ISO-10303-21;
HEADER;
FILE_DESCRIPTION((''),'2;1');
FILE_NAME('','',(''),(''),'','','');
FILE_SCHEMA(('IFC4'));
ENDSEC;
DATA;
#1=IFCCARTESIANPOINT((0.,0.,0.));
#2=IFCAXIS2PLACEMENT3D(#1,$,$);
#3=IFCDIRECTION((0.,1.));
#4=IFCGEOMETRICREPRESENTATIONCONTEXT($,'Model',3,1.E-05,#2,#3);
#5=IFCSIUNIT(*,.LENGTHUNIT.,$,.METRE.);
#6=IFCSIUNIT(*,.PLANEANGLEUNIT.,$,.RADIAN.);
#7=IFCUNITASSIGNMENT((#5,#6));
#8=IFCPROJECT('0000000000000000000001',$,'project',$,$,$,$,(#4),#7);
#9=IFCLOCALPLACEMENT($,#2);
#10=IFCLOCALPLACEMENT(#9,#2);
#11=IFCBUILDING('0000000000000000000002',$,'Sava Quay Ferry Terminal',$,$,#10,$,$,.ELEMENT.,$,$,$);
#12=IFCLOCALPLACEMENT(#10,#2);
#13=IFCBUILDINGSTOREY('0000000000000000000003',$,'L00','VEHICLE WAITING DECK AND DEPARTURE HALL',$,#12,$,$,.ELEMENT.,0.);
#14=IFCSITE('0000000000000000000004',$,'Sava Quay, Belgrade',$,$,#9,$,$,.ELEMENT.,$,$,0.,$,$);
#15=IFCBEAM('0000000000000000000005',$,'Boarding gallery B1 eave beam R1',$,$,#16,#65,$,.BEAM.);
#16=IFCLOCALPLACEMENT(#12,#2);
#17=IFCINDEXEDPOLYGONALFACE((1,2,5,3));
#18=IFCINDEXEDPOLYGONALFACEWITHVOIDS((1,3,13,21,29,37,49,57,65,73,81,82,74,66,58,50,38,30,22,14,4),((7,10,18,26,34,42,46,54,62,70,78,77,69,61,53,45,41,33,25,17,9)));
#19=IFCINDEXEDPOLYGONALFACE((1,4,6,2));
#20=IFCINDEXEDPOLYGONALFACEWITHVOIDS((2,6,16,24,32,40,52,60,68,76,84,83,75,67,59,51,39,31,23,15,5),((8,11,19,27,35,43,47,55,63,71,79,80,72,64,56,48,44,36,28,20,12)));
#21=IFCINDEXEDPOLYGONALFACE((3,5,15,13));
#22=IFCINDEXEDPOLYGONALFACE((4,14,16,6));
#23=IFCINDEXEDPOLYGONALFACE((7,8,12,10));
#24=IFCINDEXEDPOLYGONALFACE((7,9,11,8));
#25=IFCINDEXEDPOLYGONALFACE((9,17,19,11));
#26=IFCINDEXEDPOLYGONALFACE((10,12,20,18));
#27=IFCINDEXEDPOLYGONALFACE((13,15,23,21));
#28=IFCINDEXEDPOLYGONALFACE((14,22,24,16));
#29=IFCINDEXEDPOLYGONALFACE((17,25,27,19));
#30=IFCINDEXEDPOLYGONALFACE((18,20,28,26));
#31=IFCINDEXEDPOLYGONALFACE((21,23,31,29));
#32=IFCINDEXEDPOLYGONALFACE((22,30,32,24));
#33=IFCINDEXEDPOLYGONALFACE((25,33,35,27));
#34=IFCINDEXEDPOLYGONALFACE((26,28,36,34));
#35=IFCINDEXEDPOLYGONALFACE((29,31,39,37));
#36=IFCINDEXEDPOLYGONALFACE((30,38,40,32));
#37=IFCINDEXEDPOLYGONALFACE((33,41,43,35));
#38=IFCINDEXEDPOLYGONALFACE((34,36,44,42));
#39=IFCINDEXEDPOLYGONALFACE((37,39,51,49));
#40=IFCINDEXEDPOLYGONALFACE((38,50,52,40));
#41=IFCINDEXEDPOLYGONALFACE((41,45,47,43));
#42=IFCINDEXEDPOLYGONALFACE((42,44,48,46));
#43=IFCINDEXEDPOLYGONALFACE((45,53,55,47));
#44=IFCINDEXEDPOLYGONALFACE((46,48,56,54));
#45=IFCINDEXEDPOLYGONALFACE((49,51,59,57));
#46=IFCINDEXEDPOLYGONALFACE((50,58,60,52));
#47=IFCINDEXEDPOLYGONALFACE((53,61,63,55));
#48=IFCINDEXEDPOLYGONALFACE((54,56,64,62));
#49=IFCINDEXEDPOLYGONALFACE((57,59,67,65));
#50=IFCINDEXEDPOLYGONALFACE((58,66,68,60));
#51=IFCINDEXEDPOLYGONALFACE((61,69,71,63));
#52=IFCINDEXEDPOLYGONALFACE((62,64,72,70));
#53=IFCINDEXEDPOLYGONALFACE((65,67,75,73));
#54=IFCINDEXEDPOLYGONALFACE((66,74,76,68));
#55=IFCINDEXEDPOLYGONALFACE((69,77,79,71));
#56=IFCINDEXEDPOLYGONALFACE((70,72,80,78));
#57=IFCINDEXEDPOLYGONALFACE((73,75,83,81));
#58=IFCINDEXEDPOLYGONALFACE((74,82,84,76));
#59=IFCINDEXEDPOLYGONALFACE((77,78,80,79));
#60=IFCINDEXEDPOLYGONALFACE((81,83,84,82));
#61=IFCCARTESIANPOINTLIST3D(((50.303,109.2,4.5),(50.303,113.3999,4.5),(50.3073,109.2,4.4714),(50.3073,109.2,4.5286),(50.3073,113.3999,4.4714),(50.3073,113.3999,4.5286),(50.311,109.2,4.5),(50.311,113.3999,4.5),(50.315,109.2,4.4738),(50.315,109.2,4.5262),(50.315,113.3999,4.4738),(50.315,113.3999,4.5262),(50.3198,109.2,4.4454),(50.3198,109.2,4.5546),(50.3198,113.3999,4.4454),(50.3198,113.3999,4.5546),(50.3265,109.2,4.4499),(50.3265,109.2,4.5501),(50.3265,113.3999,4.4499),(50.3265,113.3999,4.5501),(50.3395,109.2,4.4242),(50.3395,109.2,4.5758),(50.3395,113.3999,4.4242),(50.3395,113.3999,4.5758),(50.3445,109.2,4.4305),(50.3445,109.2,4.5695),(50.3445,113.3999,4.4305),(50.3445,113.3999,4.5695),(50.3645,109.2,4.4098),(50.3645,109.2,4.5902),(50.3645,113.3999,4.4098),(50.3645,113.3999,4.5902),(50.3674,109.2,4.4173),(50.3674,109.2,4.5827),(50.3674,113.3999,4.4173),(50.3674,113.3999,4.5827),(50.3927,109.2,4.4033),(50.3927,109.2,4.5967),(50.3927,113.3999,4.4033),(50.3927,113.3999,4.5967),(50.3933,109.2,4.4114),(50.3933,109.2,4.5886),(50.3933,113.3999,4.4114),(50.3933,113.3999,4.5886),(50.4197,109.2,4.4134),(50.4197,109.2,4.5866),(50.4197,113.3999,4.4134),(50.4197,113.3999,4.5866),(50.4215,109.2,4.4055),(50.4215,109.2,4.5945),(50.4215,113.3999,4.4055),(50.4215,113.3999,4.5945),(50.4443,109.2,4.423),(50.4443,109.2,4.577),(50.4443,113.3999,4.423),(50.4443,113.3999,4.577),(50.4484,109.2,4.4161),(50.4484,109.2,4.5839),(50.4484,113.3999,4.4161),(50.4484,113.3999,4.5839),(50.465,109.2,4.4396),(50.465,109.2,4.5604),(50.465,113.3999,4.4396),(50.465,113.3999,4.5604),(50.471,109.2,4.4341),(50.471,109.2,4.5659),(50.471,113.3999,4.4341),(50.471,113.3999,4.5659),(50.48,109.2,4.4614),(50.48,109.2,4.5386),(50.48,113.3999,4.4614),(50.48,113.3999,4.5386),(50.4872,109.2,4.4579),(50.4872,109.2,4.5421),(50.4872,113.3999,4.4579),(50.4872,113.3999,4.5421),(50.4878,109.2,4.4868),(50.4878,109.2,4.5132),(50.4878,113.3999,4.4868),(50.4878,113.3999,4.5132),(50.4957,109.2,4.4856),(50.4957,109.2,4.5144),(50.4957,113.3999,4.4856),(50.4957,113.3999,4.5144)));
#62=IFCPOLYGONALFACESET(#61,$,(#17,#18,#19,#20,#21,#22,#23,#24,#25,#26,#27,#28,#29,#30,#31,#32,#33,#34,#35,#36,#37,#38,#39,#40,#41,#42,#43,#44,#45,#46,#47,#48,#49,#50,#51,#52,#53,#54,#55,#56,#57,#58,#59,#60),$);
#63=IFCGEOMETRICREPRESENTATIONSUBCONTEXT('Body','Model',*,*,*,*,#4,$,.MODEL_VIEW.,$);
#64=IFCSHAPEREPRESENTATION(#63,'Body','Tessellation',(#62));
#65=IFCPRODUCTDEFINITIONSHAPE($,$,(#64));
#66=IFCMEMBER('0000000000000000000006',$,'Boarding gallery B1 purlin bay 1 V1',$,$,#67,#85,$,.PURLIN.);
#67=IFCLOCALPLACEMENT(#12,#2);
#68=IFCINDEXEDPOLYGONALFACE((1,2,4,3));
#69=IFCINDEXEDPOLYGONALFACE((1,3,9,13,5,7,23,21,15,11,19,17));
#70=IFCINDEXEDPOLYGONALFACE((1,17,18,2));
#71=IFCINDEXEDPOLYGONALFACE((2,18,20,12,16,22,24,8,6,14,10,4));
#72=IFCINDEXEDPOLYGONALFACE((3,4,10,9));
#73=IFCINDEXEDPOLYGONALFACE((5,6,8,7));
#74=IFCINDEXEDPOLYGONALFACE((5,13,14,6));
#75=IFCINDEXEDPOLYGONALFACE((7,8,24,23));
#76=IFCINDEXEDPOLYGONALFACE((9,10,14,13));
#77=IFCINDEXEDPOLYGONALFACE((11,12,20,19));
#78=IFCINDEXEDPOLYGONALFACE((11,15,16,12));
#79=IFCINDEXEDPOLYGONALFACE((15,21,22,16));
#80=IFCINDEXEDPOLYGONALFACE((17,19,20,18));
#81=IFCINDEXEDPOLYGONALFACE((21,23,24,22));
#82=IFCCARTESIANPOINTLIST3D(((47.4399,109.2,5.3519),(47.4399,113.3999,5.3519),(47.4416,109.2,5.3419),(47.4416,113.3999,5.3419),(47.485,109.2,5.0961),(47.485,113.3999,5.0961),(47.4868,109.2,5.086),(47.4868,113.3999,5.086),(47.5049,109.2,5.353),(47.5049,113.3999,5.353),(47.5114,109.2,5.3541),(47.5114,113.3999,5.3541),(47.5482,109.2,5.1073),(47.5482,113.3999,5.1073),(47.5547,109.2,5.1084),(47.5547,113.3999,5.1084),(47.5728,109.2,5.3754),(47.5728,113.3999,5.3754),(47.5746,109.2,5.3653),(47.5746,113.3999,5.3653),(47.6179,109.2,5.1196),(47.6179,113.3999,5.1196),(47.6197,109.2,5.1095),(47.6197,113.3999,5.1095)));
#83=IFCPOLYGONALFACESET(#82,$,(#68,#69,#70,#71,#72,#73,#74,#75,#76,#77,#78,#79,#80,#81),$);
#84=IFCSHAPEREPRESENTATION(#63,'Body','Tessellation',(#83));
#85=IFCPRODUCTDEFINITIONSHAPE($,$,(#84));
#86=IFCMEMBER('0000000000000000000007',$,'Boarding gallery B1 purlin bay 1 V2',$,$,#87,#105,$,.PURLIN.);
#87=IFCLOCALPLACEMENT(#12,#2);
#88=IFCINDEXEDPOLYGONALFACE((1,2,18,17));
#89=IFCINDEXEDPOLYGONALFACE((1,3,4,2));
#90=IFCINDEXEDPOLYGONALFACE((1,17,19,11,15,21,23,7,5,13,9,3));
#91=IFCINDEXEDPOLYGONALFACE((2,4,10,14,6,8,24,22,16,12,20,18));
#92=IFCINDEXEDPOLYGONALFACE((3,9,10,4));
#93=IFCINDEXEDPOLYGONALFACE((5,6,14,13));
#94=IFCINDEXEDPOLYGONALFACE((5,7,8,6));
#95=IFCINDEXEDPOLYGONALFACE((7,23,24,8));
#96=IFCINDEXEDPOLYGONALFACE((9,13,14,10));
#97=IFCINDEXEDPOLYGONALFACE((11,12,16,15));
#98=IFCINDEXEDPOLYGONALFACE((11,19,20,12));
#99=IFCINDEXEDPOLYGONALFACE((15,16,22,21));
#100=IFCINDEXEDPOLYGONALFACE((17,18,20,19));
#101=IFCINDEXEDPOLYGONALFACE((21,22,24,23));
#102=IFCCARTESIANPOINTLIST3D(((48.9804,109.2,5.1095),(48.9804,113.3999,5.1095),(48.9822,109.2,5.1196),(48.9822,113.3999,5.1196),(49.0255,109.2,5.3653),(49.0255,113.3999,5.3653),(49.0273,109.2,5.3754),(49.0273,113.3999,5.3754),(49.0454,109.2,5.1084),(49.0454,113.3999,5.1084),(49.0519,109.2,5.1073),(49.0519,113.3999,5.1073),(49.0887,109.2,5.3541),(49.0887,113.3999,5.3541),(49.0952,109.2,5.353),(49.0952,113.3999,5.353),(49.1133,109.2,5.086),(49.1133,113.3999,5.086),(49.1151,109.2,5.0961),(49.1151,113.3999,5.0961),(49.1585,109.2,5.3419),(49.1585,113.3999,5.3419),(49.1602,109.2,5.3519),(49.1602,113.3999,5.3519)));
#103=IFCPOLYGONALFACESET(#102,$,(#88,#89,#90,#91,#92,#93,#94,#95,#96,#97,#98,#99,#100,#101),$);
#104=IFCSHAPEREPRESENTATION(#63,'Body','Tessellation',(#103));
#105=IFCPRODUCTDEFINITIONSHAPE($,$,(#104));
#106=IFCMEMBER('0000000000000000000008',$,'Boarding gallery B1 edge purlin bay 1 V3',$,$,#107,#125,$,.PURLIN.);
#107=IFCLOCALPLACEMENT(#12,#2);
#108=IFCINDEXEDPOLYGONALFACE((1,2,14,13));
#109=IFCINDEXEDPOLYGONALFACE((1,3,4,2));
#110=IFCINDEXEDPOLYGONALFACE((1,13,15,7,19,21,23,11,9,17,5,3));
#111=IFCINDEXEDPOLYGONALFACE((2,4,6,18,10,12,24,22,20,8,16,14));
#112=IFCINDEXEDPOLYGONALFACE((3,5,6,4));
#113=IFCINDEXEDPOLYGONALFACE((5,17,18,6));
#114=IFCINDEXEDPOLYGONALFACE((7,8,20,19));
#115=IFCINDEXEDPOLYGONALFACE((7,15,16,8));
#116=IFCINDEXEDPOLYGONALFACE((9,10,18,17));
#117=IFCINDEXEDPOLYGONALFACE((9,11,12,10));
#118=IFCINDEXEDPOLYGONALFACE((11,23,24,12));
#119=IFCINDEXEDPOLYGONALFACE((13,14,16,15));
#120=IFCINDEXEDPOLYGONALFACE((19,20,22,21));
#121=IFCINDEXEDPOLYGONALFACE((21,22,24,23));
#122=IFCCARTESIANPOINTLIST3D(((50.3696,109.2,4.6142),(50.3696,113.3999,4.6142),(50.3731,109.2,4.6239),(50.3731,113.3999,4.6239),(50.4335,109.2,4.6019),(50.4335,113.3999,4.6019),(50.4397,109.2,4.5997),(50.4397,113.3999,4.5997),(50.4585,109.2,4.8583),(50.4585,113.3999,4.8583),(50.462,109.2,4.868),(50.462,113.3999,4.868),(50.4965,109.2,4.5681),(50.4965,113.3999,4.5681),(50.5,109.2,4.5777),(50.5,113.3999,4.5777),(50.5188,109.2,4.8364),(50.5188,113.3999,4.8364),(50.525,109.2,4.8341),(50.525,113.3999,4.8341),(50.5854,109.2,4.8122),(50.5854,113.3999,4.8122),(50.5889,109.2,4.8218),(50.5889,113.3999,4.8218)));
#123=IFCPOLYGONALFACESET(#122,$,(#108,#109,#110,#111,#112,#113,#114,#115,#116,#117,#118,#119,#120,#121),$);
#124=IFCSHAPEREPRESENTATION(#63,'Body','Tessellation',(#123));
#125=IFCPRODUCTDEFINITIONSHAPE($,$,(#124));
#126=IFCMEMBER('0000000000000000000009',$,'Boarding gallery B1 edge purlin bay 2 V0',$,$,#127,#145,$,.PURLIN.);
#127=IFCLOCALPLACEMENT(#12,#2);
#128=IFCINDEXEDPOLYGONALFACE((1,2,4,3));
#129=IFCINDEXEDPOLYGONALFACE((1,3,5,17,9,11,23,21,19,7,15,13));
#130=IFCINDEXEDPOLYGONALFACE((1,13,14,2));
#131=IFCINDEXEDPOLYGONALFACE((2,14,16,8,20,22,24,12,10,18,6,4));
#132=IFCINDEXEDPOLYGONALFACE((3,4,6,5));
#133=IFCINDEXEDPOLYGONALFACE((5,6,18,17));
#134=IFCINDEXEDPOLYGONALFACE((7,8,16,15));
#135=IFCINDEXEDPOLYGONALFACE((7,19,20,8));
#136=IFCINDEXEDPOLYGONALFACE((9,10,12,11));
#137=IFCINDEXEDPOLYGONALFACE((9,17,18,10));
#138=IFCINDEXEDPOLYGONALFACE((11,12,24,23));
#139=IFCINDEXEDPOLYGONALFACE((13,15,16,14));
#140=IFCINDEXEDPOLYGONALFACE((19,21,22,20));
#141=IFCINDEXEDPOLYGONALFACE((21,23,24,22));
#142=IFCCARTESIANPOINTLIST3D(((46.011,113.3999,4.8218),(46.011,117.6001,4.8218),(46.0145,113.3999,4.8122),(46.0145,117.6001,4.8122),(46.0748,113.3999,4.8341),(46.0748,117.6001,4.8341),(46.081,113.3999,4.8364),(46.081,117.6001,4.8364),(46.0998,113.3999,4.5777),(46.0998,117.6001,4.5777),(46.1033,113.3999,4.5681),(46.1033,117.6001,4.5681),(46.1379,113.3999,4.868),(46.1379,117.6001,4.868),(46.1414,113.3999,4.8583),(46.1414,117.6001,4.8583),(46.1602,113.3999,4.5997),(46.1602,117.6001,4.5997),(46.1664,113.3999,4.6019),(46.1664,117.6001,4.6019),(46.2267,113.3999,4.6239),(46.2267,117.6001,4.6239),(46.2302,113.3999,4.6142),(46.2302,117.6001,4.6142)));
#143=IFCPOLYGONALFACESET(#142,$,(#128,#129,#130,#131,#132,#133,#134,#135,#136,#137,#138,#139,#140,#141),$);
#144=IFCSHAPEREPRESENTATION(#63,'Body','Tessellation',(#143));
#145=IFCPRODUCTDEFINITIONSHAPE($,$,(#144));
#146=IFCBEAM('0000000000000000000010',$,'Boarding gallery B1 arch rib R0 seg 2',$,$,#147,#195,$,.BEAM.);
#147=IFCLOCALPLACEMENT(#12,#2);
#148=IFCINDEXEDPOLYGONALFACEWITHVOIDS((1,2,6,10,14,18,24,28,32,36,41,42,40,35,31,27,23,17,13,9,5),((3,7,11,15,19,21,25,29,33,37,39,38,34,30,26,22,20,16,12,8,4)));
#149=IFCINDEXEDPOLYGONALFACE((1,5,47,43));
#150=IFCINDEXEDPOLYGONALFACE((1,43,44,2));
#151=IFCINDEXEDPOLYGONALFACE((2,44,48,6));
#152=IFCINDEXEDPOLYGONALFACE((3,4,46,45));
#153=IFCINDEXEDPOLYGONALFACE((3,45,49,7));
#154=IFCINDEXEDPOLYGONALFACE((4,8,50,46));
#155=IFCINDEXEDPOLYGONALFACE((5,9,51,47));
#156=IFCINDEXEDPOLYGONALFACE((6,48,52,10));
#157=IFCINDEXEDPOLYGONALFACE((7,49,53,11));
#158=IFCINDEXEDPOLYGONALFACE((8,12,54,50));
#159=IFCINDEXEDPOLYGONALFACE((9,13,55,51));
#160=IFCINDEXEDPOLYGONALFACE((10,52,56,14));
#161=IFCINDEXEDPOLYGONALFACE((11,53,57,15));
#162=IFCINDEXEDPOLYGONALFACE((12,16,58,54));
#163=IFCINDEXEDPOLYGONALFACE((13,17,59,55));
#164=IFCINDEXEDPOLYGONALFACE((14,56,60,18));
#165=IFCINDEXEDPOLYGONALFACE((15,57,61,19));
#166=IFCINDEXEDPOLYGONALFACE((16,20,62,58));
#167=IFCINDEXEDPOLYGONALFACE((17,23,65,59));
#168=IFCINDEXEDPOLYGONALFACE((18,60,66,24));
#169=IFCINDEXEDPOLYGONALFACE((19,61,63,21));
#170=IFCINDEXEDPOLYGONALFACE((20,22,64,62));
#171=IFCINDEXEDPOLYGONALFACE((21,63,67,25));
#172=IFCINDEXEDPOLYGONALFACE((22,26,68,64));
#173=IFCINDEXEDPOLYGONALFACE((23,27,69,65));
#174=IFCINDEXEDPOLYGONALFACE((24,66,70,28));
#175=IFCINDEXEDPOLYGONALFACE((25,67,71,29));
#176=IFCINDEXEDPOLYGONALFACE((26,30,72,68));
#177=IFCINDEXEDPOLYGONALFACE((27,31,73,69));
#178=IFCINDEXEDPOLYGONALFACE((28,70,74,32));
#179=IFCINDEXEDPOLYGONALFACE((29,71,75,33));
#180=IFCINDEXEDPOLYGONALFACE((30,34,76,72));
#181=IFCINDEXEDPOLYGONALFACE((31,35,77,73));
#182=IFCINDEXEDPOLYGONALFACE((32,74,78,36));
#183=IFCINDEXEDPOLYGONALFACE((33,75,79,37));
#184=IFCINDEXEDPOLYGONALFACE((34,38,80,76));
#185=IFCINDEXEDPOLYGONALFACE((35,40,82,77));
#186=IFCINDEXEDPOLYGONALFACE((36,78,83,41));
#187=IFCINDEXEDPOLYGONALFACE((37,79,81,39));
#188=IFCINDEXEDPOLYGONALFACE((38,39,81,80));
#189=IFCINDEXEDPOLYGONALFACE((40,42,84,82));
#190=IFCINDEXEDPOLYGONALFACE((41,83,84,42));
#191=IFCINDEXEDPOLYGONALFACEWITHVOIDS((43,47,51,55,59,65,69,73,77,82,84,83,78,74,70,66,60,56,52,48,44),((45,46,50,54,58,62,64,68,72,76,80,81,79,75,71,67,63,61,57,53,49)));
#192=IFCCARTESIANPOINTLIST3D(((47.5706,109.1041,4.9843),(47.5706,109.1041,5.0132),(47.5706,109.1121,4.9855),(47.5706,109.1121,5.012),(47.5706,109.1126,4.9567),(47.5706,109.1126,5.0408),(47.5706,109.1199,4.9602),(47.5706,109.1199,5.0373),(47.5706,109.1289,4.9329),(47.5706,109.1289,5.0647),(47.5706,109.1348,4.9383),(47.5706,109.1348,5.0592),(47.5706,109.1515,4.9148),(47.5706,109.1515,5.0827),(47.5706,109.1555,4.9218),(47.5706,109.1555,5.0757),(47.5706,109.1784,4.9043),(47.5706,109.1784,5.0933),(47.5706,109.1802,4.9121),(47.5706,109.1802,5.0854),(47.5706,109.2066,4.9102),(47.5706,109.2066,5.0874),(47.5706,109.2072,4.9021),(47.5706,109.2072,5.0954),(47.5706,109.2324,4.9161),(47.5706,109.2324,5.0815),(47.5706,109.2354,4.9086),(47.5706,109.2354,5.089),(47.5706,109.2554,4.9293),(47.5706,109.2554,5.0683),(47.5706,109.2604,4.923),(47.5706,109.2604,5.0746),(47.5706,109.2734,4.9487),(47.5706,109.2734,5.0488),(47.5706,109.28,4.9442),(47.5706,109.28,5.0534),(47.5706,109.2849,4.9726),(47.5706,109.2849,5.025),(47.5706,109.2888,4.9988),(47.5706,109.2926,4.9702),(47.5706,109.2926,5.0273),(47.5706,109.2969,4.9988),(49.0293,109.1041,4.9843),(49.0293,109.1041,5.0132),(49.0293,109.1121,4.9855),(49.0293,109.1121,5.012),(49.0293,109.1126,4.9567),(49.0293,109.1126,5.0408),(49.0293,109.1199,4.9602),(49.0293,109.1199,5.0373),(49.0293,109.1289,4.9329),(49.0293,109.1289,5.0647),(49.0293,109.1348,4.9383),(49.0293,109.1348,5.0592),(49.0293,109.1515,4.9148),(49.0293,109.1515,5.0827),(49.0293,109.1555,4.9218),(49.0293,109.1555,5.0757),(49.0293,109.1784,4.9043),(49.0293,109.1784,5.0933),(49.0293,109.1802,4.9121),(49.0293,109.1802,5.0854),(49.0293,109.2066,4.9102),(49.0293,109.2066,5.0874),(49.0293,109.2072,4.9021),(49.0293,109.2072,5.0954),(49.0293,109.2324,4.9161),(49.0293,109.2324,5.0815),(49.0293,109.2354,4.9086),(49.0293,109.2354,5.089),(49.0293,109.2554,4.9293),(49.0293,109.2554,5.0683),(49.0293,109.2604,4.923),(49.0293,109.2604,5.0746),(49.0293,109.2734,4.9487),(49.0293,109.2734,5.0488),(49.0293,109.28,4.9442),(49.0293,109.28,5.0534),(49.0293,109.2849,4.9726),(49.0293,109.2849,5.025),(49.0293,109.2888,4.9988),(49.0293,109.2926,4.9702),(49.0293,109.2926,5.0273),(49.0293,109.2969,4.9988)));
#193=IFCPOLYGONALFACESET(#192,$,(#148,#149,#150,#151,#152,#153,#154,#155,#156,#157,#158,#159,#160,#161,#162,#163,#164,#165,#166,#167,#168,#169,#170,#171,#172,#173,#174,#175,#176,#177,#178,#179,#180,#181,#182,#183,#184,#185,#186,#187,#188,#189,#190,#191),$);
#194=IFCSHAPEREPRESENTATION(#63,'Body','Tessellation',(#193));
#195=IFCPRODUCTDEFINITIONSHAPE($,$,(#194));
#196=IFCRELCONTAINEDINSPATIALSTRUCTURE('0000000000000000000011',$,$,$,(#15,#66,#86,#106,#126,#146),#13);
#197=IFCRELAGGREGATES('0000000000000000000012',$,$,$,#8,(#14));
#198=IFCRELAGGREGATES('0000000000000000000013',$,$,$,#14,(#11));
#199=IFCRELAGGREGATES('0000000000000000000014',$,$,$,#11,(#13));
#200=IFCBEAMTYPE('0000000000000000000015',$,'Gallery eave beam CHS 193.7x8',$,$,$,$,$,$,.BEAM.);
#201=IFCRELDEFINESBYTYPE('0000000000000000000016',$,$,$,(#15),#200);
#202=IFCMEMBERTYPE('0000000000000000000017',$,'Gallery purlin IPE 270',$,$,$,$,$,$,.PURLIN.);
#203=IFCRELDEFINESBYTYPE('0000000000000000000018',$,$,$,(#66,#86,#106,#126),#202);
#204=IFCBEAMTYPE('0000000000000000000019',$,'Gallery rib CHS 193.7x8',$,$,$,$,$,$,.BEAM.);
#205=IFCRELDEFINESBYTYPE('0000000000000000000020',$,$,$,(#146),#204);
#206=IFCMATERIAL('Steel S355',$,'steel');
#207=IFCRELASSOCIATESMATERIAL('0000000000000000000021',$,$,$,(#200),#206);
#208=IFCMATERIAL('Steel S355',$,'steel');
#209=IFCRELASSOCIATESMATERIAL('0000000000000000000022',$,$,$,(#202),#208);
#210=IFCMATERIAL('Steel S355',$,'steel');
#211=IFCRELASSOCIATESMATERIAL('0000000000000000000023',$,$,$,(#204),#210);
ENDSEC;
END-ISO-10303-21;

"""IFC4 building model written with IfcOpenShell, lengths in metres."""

from ifc_helpers import new_model, si_unit, direction, frame, origin, origin_2d, place, context, subcontext, project, spatial, hollow_circle, i_section, extrude, material, material_profile, profile_set, type_object, element, save


model = new_model("IFC4")

# Units and contexts
model_context = context("Model", 3, precision=1e-05, world=origin(), true_north=direction((0.0, 1.0)))
body_context = subcontext(model_context, "Body", "Model", "MODEL_VIEW")
ifc_project = project(units=[si_unit("LENGTHUNIT", "METRE"), si_unit("PLANEANGLEUNIT", "RADIAN")], contexts=[model_context])

# Site, building, storey
site_placement = place(None, origin())
site = spatial("IfcSite", under=ifc_project, at=site_placement, Name="Sava Quay, Belgrade", CompositionType="ELEMENT", RefElevation=0.0)
building_placement = place(site_placement, origin())
building = spatial("IfcBuilding", under=site, at=building_placement, Name="Sava Quay Ferry Terminal", CompositionType="ELEMENT")
storey_placement = place(building_placement, origin())
storey = spatial("IfcBuildingStorey", under=building, at=storey_placement, Name="L00", Description="VEHICLE WAITING DECK AND DEPARTURE HALL", CompositionType="ELEMENT", Elevation=0.0)

# Beam
ifc_material_1 = material(Name="Steel S355", Category="steel")
ifc_material_profile_1 = material_profile(ifc_material_1, hollow_circle(Radius=0.0969, WallThickness=0.0081, at=origin_2d()), Name="CHS 193.7 x 8.0")
ifc_profile_set_1 = profile_set([ifc_material_profile_1], Name="Steel S355")
beam_type_1 = type_object("IfcBeamType", Name="Gallery eave beam CHS 193.7x8", PredefinedType="BEAM", material=ifc_profile_set_1)
beam_1_placement = place(storey_placement, frame((50.3999, 109.2, 4.5), z_axis=(0.0, 1.0, 0.0), x_axis=(-1.0, 0.0, 0.0)))
element("IfcBeam", 1, at=beam_1_placement, inside=storey, type_object=beam_type_1, Name="Boarding gallery B1 eave beam R1", PredefinedType="BEAM", context=body_context, shape_type="SweptSolid", body=[
    extrude(hollow_circle(Radius=0.0969, WallThickness=0.0081, at=origin_2d()), origin(), (0.0, 0.0, 1.0), 4.2),
])

# Members
ifc_material_2 = material(Name="Steel S355", Category="steel")
ifc_material_profile_2 = material_profile(ifc_material_2, i_section(OverallWidth=0.135, OverallDepth=0.27, WebThickness=0.0066, FlangeThickness=0.0103, at=origin_2d()), Name="IPE 270")
ifc_profile_set_2 = profile_set([ifc_material_profile_2], Name="Steel S355")
member_type_1 = type_object("IfcMemberType", Name="Gallery purlin IPE 270", PredefinedType="PURLIN", material=ifc_profile_set_2)
for number, where, z_axis, x_axis, name in (
    (2, (47.5298, 109.2, 5.2307), (0.0, 1.0, 0.0), (-0.984808, 0.0, -0.173648), "Boarding gallery B1 purlin bay 1 V1"),
    (3, (49.0703, 109.2, 5.2307), (0.0, 1.0, 0.0), (-0.984808, 0.0, 0.173648), "Boarding gallery B1 purlin bay 1 V2"),
    (4, (50.4792, 109.2, 4.718), (0.0, 1.0, 0.0), (-0.939693, 0.0, 0.34202), "Boarding gallery B1 edge purlin bay 1 V3"),
):
    element("IfcMember", number, at=place(storey_placement, frame(where, z_axis=z_axis, x_axis=x_axis)), inside=storey, type_object=member_type_1, Name=name, PredefinedType="PURLIN", context=body_context, shape_type="SweptSolid", body=[
        extrude(i_section(OverallWidth=0.135, OverallDepth=0.27, WebThickness=0.0066, FlangeThickness=0.0103, at=origin_2d()), origin(), (0.0, 0.0, 1.0), 4.2),
    ])
member_1_placement = place(storey_placement, frame((46.1206, 113.3999, 4.718), z_axis=(0.0, 1.0, 0.0), x_axis=(-0.939693, 0.0, -0.34202)))
element("IfcMember", 5, at=member_1_placement, inside=storey, type_object=member_type_1, Name="Boarding gallery B1 edge purlin bay 2 V0", PredefinedType="PURLIN", context=body_context, shape_type="SweptSolid", body=[
    extrude(i_section(OverallWidth=0.135, OverallDepth=0.27, WebThickness=0.0066, FlangeThickness=0.0103, at=origin_2d()), origin(), (0.0, 0.0, 1.0), 4.2002),
])

# Beam
ifc_material_3 = material(Name="Steel S355", Category="steel")
ifc_material_profile_3 = material_profile(ifc_material_3, hollow_circle(Radius=0.0969, WallThickness=0.0081, at=origin_2d()), Name="CHS 193.7 x 8.0")
ifc_profile_set_3 = profile_set([ifc_material_profile_3], Name="Steel S355")
beam_type_2 = type_object("IfcBeamType", Name="Gallery rib CHS 193.7x8", PredefinedType="BEAM", material=ifc_profile_set_3)
beam_2_placement = place(storey_placement, frame((47.5706, 109.2, 4.9988), z_axis=(1.0, 0.0, 0.0), x_axis=(0.0, 1.0, 0.0)))
element("IfcBeam", 6, at=beam_2_placement, inside=storey, type_object=beam_type_2, Name="Boarding gallery B1 arch rib R0 seg 2", PredefinedType="BEAM", context=body_context, shape_type="SweptSolid", body=[
    extrude(hollow_circle(Radius=0.0969, WallThickness=0.0081, at=origin_2d()), origin(), (0.0, 0.0, 1.0), 1.4587),
])

save(model, "model.ifc")
